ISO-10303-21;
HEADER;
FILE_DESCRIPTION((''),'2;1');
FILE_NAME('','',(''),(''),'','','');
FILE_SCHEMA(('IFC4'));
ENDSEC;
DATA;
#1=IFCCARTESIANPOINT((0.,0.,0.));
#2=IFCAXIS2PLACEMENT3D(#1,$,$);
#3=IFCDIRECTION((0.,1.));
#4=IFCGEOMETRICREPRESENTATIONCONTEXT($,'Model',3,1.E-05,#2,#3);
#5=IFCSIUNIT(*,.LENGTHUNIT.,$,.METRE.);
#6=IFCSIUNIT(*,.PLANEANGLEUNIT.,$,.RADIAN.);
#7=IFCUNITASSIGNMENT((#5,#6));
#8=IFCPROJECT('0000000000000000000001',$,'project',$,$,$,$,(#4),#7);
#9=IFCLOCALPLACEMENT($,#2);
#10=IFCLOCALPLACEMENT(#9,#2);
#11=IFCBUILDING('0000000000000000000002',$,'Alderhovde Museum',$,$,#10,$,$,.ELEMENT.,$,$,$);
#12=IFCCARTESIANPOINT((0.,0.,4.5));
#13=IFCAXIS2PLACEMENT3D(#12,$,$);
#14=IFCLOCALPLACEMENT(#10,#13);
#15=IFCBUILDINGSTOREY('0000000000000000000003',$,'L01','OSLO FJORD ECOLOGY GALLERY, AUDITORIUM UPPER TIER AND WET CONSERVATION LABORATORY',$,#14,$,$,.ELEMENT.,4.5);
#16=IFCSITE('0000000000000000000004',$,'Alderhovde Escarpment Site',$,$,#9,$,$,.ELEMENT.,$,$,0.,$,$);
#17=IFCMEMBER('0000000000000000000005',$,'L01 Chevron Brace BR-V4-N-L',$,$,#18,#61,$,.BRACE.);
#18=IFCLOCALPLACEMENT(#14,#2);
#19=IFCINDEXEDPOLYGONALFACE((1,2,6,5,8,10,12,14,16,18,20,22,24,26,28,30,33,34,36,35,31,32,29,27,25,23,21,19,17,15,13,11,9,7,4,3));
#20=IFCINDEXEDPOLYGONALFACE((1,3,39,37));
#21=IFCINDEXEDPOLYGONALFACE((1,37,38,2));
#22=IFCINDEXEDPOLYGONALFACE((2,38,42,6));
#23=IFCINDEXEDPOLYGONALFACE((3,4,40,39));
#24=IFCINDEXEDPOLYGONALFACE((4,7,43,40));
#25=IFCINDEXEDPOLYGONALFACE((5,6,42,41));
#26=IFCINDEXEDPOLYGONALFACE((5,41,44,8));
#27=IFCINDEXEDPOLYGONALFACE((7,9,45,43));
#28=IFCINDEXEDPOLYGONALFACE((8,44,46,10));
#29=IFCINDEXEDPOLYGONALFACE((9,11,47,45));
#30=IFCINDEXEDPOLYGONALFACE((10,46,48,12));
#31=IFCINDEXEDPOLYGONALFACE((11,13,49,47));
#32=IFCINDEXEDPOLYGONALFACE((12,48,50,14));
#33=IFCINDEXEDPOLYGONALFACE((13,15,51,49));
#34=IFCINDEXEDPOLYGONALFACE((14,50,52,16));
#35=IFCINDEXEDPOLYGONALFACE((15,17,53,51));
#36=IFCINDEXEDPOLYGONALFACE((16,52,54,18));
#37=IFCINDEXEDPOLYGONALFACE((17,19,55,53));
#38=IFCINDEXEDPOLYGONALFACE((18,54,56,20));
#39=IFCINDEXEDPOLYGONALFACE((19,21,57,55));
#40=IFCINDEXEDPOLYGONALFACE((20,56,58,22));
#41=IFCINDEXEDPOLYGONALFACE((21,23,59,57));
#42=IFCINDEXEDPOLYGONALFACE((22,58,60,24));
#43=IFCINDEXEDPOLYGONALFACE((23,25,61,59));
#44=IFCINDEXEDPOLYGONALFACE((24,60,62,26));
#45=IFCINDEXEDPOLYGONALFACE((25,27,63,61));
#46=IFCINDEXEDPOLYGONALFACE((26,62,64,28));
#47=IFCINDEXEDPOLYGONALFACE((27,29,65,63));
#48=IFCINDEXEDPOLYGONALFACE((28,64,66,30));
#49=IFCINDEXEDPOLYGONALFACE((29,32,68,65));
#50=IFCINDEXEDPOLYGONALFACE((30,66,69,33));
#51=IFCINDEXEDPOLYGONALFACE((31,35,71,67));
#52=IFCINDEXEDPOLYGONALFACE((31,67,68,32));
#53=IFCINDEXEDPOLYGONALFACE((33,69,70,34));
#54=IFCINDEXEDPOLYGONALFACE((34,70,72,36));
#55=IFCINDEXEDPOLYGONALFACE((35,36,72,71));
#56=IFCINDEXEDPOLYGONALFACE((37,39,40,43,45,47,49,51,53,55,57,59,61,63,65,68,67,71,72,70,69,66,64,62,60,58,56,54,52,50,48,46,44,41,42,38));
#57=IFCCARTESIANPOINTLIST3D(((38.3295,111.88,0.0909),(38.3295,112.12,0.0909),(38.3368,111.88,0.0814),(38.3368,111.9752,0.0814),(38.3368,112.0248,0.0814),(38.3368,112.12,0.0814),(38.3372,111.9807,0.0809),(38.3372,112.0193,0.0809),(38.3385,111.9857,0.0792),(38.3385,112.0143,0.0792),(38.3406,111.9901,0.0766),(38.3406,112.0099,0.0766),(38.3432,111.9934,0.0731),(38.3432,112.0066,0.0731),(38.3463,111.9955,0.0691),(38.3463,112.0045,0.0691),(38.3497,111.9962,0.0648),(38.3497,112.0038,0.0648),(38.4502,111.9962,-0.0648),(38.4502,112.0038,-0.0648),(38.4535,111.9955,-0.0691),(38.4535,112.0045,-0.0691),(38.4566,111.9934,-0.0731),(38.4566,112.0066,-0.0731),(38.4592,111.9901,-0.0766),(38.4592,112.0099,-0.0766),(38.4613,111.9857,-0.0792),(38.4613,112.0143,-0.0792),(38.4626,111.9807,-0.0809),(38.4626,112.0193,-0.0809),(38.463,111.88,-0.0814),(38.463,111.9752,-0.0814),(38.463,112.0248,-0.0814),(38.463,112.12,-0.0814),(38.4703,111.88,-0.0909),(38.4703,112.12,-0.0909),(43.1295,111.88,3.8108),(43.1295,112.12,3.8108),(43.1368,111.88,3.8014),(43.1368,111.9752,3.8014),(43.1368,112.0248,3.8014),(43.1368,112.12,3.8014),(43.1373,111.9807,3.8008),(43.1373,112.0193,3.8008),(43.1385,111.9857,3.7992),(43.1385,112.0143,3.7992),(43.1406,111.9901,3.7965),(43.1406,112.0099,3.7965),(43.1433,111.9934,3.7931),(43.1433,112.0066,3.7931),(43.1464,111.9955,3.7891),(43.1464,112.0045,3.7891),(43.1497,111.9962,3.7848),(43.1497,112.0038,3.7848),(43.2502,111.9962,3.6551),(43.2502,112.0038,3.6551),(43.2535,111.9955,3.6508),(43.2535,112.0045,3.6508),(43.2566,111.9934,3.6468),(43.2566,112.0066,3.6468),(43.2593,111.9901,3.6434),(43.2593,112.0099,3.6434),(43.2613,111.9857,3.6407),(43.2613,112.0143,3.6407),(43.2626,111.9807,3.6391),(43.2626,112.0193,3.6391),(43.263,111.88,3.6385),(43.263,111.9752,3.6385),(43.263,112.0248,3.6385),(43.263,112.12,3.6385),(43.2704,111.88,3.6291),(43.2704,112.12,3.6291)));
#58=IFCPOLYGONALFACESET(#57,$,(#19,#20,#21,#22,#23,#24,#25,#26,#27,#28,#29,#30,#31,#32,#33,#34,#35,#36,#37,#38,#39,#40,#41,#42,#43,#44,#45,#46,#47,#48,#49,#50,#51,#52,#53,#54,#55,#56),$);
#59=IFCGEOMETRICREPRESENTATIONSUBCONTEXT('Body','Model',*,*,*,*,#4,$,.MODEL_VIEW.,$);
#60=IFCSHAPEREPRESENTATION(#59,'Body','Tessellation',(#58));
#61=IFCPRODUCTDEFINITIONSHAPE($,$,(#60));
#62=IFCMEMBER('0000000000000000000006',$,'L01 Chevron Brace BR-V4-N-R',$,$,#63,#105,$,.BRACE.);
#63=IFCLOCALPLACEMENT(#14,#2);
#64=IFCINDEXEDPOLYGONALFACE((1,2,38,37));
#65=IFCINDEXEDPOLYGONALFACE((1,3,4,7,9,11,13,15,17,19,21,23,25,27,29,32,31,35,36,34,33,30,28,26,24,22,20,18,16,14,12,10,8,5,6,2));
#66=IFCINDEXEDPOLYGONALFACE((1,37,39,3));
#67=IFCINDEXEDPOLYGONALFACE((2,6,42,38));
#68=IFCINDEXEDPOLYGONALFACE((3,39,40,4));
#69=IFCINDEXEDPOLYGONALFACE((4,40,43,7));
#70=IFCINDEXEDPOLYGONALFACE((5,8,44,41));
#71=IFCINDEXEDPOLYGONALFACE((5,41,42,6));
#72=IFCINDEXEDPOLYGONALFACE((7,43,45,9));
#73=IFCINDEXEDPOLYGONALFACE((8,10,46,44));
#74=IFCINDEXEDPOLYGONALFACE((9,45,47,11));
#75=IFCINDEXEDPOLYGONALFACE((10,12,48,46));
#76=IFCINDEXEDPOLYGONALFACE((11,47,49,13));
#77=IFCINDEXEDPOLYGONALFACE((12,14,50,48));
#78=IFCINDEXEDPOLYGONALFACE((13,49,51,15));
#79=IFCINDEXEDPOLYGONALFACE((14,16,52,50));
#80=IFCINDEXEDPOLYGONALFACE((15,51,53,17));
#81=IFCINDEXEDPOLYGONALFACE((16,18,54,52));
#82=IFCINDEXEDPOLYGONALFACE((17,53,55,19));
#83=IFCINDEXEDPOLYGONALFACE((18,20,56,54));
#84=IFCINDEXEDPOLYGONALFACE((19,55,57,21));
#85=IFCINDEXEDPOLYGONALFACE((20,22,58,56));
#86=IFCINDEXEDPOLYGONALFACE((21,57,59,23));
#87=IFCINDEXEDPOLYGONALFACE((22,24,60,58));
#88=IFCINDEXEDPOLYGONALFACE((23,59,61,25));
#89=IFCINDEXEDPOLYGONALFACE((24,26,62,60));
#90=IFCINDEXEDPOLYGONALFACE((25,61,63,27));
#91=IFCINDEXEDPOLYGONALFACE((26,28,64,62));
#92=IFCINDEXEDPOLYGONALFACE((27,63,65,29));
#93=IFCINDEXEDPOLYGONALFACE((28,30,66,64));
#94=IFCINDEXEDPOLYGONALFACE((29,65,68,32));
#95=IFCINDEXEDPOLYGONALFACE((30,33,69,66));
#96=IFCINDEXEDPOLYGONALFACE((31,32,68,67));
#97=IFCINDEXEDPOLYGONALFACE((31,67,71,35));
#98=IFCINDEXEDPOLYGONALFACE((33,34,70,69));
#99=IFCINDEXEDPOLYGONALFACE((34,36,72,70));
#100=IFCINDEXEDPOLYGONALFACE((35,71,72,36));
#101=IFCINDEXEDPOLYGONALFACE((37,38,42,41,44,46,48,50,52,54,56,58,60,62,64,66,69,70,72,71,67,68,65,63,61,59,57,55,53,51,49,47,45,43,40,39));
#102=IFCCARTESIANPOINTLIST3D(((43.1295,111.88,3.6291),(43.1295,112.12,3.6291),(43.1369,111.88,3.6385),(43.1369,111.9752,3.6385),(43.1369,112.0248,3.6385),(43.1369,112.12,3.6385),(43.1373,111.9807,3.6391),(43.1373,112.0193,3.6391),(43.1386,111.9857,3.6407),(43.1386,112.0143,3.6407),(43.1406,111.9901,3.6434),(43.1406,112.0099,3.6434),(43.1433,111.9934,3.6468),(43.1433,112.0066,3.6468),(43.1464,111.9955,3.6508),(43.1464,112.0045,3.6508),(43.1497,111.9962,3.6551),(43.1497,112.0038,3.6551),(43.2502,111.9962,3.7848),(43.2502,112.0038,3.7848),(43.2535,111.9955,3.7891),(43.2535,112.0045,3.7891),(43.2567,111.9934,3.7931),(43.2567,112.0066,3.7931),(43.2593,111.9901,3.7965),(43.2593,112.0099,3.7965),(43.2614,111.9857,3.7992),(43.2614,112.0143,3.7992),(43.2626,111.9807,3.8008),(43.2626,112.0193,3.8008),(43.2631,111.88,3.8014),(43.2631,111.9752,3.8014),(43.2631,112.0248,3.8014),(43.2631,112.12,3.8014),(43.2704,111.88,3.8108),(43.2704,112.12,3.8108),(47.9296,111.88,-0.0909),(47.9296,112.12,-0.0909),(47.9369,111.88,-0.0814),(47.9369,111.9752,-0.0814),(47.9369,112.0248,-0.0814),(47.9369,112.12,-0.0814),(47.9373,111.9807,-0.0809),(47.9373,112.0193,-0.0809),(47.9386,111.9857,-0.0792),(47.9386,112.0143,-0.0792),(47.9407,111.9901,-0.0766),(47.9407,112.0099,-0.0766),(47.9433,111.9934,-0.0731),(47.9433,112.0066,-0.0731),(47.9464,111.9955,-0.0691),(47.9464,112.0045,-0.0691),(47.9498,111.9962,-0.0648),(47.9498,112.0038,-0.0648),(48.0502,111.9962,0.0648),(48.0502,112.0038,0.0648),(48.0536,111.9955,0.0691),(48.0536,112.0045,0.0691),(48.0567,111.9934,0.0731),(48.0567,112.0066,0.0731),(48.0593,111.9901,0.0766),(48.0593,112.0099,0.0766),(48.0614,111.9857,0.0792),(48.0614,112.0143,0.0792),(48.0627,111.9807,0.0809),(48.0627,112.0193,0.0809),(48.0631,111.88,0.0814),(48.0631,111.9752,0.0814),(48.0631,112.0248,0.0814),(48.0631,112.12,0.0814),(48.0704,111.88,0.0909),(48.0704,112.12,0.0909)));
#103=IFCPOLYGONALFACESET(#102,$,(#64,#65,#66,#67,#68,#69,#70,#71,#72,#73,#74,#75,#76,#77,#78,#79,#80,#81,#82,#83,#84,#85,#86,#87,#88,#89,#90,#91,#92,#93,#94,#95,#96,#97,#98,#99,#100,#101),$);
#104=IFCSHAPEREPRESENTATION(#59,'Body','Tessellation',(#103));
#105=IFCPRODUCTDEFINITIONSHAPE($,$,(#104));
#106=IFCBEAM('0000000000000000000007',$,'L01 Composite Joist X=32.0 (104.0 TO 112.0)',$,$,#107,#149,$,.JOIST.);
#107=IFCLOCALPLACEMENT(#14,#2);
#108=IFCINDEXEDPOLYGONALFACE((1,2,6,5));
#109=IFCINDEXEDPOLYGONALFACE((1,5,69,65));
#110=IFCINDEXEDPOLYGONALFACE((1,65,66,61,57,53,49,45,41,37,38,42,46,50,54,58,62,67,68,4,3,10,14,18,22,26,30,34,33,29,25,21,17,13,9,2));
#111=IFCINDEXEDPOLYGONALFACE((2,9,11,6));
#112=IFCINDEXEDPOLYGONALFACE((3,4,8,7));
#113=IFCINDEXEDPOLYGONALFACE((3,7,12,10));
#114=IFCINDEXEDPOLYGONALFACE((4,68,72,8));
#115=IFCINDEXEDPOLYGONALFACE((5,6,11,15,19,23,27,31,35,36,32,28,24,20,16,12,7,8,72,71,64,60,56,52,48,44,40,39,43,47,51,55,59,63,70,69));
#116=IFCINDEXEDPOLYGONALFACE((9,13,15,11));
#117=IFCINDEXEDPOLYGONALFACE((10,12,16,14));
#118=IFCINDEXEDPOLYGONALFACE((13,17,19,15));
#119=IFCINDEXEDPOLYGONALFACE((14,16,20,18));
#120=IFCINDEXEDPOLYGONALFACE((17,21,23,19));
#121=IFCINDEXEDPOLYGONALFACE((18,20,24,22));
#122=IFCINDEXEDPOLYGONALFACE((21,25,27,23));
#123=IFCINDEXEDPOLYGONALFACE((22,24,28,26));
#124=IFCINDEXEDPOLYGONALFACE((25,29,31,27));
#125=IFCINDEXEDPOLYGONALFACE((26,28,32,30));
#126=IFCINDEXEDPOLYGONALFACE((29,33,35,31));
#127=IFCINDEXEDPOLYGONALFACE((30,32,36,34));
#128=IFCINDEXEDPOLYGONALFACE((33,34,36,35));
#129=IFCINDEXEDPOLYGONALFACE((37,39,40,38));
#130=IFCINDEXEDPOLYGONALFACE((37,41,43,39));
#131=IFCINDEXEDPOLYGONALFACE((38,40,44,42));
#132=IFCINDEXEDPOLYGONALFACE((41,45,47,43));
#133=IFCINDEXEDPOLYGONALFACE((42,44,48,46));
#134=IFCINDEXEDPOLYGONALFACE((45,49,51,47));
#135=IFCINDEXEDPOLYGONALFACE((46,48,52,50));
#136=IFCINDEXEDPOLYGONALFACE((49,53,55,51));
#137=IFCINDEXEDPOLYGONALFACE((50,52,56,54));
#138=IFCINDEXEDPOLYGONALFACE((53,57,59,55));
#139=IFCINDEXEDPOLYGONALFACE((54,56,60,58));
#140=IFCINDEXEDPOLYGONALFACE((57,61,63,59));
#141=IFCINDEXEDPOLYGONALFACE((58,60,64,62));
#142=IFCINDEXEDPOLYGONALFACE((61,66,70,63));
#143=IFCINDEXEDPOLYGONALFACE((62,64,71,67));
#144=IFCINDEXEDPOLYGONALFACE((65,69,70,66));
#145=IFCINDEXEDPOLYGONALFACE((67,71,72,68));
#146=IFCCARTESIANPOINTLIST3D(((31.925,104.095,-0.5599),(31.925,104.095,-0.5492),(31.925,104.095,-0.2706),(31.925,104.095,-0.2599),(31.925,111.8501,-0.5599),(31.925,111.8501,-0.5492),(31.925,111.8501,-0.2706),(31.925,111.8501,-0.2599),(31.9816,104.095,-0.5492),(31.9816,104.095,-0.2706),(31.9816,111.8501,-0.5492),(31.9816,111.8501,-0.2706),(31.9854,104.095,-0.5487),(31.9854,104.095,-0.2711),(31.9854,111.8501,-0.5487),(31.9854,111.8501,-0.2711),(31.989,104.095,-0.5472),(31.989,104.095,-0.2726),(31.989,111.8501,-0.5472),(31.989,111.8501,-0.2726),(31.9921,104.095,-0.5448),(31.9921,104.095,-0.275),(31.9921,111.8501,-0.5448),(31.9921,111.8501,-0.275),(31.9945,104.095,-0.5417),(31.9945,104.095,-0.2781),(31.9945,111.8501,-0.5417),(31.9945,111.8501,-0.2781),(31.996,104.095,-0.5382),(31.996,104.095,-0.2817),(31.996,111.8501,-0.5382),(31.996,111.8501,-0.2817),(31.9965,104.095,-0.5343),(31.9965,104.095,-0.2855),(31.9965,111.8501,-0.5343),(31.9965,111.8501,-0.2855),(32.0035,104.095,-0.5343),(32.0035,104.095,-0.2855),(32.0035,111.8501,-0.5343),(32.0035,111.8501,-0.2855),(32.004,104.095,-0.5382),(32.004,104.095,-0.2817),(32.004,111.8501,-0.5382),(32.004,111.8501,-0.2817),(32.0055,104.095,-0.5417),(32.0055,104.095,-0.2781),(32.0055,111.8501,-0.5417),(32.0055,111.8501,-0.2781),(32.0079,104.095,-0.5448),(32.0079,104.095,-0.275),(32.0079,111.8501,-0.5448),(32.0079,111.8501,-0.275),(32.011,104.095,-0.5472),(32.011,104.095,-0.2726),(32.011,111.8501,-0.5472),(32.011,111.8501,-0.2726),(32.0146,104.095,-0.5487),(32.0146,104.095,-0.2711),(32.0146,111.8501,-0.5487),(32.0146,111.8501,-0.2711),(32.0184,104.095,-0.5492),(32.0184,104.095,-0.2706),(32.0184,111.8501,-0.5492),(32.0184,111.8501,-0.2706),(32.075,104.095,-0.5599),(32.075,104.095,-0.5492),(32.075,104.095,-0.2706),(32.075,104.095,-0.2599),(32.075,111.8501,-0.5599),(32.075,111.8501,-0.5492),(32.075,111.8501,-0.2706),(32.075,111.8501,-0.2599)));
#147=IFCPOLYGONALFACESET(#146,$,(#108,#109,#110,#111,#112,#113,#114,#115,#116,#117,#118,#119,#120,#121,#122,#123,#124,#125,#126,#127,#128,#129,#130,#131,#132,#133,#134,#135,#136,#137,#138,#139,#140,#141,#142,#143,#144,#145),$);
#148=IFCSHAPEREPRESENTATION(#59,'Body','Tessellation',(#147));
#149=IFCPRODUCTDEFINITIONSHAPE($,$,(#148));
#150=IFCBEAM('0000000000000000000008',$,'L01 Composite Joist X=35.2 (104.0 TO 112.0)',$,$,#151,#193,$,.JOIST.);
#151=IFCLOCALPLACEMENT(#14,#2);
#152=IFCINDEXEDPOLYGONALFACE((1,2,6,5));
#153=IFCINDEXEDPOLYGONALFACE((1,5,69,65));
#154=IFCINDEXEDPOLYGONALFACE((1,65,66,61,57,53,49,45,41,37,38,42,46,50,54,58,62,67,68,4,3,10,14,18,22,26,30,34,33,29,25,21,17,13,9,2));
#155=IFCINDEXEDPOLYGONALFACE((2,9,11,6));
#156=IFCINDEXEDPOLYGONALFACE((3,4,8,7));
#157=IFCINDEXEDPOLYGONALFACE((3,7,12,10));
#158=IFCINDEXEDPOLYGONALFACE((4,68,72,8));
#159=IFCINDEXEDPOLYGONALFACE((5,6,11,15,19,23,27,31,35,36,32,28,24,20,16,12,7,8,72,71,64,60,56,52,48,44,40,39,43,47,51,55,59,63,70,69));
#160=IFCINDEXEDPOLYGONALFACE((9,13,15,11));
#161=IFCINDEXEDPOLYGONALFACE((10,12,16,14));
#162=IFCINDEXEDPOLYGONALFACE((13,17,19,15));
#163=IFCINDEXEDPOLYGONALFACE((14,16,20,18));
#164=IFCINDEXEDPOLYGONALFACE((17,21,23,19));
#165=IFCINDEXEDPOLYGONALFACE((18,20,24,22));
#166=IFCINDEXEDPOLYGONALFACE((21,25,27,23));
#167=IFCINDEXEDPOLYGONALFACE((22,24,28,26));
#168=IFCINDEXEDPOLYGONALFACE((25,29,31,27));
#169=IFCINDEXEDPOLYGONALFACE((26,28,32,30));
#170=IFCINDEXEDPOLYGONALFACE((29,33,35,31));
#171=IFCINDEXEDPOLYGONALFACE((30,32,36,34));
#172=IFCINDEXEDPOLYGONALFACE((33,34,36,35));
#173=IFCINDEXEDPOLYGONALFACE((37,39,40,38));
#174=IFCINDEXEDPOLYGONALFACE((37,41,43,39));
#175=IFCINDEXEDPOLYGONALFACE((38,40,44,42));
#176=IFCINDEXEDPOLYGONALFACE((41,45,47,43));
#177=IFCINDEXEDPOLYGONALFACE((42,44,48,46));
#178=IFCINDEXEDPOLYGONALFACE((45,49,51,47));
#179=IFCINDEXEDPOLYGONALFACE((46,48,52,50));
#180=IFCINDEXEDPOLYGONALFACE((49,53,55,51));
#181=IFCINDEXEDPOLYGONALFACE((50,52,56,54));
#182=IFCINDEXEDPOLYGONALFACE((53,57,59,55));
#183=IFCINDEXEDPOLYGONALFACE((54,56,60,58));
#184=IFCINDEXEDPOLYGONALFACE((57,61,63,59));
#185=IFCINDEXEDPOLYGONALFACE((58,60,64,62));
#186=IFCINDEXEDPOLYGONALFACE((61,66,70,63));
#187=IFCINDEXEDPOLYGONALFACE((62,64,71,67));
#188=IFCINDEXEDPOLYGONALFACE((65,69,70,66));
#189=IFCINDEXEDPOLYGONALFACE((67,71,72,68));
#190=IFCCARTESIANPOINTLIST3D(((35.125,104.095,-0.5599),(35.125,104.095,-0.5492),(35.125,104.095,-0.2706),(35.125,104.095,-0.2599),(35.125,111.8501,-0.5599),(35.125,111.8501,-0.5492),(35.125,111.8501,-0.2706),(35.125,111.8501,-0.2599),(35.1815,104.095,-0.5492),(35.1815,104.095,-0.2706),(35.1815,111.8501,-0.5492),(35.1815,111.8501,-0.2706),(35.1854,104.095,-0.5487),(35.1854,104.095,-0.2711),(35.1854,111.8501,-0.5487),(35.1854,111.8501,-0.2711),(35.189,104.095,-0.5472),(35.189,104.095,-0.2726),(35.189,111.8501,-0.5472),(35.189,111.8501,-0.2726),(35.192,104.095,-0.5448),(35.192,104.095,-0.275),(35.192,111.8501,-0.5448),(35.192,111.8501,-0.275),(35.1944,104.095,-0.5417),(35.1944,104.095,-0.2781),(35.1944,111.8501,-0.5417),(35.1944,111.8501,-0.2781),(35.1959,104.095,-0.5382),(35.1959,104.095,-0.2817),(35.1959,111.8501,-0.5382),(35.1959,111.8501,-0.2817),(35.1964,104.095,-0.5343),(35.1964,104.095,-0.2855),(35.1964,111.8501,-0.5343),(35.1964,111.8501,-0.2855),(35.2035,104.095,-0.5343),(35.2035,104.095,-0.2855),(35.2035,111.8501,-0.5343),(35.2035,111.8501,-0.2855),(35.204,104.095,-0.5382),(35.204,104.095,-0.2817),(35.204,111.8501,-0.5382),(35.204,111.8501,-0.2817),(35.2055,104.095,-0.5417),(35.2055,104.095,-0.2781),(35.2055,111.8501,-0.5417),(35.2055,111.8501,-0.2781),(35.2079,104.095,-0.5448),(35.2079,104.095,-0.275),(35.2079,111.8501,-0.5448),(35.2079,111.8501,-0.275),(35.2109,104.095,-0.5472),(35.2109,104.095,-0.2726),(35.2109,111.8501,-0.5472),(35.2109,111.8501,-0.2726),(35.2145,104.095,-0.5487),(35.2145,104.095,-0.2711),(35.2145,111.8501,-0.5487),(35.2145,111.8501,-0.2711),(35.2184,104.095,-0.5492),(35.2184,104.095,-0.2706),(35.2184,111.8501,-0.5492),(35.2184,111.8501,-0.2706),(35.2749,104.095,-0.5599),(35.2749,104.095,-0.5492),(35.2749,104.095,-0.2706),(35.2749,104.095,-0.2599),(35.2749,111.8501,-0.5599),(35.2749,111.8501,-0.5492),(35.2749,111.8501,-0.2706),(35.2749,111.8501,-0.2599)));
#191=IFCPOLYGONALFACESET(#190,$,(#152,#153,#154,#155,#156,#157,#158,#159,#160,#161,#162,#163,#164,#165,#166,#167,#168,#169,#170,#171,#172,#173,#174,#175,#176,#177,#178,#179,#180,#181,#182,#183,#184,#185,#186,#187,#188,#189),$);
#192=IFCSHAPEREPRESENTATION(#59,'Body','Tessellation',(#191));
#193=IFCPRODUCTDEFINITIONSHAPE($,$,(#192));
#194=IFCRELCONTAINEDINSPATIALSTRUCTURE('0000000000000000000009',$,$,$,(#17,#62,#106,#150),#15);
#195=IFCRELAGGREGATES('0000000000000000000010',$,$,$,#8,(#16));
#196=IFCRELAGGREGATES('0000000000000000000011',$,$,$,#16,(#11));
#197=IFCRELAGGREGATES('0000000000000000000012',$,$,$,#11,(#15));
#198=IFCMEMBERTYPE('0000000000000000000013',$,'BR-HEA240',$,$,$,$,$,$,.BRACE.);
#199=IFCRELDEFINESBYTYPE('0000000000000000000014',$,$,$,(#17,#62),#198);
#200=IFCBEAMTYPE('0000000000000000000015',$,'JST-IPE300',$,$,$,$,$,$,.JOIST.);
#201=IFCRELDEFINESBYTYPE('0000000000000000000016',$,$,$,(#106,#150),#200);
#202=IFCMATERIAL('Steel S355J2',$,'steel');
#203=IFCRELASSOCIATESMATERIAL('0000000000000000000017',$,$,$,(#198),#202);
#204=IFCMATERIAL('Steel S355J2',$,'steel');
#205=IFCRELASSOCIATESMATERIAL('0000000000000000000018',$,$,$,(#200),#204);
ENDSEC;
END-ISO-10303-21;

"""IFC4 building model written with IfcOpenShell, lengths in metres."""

from ifc_helpers import new_model, si_unit, direction, frame, origin, origin_2d, place, context, subcontext, project, spatial, i_section, extrude, material, material_profile, profile_set, type_object, element, save


model = new_model("IFC4")

# Units and contexts
model_context = context("Model", 3, precision=1e-05, world=origin(), true_north=direction((0.0, 1.0)))
body_context = subcontext(model_context, "Body", "Model", "MODEL_VIEW")
ifc_project = project(units=[si_unit("LENGTHUNIT", "METRE"), si_unit("PLANEANGLEUNIT", "RADIAN")], contexts=[model_context])

# Site, building, storey
site_placement = place(None, origin())
site = spatial("IfcSite", under=ifc_project, at=site_placement, Name="Alderhovde Escarpment Site", CompositionType="ELEMENT", RefElevation=0.0)
building_placement = place(site_placement, origin())
building = spatial("IfcBuilding", under=site, at=building_placement, Name="Alderhovde Museum", CompositionType="ELEMENT")
storey_placement = place(building_placement, frame((0.0, 0.0, 4.5)))
storey = spatial("IfcBuildingStorey", under=building, at=storey_placement, Name="L01", Description="OSLO FJORD ECOLOGY GALLERY, AUDITORIUM UPPER TIER AND WET CONSERVATION LABORATORY", CompositionType="ELEMENT", Elevation=4.5)

# Members
ifc_material_1 = material(Name="Steel S355J2", Category="steel")
ifc_material_profile_1 = material_profile(ifc_material_1, i_section(OverallWidth=0.24, OverallDepth=0.23, WebThickness=0.0076, FlangeThickness=0.012, FilletRadius=0.021, at=origin_2d()), Name="HEA 240")
ifc_profile_set_1 = profile_set([ifc_material_profile_1], Name="Steel S355J2")
member_type = type_object("IfcMemberType", Name="BR-HEA240", PredefinedType="BRACE", material=ifc_profile_set_1)
for number, where, z_axis, x_axis, name in (
    (1, (38.3999, 112.0, 0.0), (0.79042, 0.0, 0.612565), (0.0, 1.0, 0.0), "L01 Chevron Brace BR-V4-N-L"),
    (2, (48.0, 112.0, 0.0), (-0.79042, 0.0, 0.612565), (0.0, -1.0, 0.0), "L01 Chevron Brace BR-V4-N-R"),
):
    element("IfcMember", number, at=place(storey_placement, frame(where, z_axis=z_axis, x_axis=x_axis)), inside=storey, type_object=member_type, Name=name, PredefinedType="BRACE", context=body_context, shape_type="SweptSolid", body=[
        extrude(i_section(OverallWidth=0.24, OverallDepth=0.23, WebThickness=0.0076, FlangeThickness=0.012, FilletRadius=0.021, at=origin_2d()), origin(), (0.0, 0.0, 1.0), 6.0728),
    ])

# Beams
ifc_material_2 = material(Name="Steel S355J2", Category="steel")
ifc_material_profile_2 = material_profile(ifc_material_2, i_section(OverallWidth=0.1499, OverallDepth=0.3, WebThickness=0.0071, FlangeThickness=0.0107, FilletRadius=0.0149, at=origin_2d()), Name="IPE 300")
ifc_profile_set_2 = profile_set([ifc_material_profile_2], Name="Steel S355J2")
beam_type_1 = type_object("IfcBeamType", Name="JST-IPE300", PredefinedType="JOIST", material=ifc_profile_set_2)
for number, where, z_axis, x_axis, name in (
    (3, (32.0, 104.095, -0.4099), (0.0, 1.0, 0.0), (-1.0, 0.0, 0.0), "L01 Composite Joist X=32.0 (104.0 TO 112.0)"),
    (4, (35.2, 104.095, -0.4099), (0.0, 1.0, 0.0), (-1.0, 0.0, 0.0), "L01 Composite Joist X=35.2 (104.0 TO 112.0)"),
):
    element("IfcBeam", number, at=place(storey_placement, frame(where, z_axis=z_axis, x_axis=x_axis)), inside=storey, type_object=beam_type_1, Name=name, PredefinedType="JOIST", context=body_context, shape_type="SweptSolid", body=[
        extrude(i_section(OverallWidth=0.1499, OverallDepth=0.3, WebThickness=0.0071, FlangeThickness=0.0107, FilletRadius=0.0149, at=origin_2d()), origin(), (0.0, 0.0, 1.0), 7.7551),
    ])

save(model, "model.ifc")
